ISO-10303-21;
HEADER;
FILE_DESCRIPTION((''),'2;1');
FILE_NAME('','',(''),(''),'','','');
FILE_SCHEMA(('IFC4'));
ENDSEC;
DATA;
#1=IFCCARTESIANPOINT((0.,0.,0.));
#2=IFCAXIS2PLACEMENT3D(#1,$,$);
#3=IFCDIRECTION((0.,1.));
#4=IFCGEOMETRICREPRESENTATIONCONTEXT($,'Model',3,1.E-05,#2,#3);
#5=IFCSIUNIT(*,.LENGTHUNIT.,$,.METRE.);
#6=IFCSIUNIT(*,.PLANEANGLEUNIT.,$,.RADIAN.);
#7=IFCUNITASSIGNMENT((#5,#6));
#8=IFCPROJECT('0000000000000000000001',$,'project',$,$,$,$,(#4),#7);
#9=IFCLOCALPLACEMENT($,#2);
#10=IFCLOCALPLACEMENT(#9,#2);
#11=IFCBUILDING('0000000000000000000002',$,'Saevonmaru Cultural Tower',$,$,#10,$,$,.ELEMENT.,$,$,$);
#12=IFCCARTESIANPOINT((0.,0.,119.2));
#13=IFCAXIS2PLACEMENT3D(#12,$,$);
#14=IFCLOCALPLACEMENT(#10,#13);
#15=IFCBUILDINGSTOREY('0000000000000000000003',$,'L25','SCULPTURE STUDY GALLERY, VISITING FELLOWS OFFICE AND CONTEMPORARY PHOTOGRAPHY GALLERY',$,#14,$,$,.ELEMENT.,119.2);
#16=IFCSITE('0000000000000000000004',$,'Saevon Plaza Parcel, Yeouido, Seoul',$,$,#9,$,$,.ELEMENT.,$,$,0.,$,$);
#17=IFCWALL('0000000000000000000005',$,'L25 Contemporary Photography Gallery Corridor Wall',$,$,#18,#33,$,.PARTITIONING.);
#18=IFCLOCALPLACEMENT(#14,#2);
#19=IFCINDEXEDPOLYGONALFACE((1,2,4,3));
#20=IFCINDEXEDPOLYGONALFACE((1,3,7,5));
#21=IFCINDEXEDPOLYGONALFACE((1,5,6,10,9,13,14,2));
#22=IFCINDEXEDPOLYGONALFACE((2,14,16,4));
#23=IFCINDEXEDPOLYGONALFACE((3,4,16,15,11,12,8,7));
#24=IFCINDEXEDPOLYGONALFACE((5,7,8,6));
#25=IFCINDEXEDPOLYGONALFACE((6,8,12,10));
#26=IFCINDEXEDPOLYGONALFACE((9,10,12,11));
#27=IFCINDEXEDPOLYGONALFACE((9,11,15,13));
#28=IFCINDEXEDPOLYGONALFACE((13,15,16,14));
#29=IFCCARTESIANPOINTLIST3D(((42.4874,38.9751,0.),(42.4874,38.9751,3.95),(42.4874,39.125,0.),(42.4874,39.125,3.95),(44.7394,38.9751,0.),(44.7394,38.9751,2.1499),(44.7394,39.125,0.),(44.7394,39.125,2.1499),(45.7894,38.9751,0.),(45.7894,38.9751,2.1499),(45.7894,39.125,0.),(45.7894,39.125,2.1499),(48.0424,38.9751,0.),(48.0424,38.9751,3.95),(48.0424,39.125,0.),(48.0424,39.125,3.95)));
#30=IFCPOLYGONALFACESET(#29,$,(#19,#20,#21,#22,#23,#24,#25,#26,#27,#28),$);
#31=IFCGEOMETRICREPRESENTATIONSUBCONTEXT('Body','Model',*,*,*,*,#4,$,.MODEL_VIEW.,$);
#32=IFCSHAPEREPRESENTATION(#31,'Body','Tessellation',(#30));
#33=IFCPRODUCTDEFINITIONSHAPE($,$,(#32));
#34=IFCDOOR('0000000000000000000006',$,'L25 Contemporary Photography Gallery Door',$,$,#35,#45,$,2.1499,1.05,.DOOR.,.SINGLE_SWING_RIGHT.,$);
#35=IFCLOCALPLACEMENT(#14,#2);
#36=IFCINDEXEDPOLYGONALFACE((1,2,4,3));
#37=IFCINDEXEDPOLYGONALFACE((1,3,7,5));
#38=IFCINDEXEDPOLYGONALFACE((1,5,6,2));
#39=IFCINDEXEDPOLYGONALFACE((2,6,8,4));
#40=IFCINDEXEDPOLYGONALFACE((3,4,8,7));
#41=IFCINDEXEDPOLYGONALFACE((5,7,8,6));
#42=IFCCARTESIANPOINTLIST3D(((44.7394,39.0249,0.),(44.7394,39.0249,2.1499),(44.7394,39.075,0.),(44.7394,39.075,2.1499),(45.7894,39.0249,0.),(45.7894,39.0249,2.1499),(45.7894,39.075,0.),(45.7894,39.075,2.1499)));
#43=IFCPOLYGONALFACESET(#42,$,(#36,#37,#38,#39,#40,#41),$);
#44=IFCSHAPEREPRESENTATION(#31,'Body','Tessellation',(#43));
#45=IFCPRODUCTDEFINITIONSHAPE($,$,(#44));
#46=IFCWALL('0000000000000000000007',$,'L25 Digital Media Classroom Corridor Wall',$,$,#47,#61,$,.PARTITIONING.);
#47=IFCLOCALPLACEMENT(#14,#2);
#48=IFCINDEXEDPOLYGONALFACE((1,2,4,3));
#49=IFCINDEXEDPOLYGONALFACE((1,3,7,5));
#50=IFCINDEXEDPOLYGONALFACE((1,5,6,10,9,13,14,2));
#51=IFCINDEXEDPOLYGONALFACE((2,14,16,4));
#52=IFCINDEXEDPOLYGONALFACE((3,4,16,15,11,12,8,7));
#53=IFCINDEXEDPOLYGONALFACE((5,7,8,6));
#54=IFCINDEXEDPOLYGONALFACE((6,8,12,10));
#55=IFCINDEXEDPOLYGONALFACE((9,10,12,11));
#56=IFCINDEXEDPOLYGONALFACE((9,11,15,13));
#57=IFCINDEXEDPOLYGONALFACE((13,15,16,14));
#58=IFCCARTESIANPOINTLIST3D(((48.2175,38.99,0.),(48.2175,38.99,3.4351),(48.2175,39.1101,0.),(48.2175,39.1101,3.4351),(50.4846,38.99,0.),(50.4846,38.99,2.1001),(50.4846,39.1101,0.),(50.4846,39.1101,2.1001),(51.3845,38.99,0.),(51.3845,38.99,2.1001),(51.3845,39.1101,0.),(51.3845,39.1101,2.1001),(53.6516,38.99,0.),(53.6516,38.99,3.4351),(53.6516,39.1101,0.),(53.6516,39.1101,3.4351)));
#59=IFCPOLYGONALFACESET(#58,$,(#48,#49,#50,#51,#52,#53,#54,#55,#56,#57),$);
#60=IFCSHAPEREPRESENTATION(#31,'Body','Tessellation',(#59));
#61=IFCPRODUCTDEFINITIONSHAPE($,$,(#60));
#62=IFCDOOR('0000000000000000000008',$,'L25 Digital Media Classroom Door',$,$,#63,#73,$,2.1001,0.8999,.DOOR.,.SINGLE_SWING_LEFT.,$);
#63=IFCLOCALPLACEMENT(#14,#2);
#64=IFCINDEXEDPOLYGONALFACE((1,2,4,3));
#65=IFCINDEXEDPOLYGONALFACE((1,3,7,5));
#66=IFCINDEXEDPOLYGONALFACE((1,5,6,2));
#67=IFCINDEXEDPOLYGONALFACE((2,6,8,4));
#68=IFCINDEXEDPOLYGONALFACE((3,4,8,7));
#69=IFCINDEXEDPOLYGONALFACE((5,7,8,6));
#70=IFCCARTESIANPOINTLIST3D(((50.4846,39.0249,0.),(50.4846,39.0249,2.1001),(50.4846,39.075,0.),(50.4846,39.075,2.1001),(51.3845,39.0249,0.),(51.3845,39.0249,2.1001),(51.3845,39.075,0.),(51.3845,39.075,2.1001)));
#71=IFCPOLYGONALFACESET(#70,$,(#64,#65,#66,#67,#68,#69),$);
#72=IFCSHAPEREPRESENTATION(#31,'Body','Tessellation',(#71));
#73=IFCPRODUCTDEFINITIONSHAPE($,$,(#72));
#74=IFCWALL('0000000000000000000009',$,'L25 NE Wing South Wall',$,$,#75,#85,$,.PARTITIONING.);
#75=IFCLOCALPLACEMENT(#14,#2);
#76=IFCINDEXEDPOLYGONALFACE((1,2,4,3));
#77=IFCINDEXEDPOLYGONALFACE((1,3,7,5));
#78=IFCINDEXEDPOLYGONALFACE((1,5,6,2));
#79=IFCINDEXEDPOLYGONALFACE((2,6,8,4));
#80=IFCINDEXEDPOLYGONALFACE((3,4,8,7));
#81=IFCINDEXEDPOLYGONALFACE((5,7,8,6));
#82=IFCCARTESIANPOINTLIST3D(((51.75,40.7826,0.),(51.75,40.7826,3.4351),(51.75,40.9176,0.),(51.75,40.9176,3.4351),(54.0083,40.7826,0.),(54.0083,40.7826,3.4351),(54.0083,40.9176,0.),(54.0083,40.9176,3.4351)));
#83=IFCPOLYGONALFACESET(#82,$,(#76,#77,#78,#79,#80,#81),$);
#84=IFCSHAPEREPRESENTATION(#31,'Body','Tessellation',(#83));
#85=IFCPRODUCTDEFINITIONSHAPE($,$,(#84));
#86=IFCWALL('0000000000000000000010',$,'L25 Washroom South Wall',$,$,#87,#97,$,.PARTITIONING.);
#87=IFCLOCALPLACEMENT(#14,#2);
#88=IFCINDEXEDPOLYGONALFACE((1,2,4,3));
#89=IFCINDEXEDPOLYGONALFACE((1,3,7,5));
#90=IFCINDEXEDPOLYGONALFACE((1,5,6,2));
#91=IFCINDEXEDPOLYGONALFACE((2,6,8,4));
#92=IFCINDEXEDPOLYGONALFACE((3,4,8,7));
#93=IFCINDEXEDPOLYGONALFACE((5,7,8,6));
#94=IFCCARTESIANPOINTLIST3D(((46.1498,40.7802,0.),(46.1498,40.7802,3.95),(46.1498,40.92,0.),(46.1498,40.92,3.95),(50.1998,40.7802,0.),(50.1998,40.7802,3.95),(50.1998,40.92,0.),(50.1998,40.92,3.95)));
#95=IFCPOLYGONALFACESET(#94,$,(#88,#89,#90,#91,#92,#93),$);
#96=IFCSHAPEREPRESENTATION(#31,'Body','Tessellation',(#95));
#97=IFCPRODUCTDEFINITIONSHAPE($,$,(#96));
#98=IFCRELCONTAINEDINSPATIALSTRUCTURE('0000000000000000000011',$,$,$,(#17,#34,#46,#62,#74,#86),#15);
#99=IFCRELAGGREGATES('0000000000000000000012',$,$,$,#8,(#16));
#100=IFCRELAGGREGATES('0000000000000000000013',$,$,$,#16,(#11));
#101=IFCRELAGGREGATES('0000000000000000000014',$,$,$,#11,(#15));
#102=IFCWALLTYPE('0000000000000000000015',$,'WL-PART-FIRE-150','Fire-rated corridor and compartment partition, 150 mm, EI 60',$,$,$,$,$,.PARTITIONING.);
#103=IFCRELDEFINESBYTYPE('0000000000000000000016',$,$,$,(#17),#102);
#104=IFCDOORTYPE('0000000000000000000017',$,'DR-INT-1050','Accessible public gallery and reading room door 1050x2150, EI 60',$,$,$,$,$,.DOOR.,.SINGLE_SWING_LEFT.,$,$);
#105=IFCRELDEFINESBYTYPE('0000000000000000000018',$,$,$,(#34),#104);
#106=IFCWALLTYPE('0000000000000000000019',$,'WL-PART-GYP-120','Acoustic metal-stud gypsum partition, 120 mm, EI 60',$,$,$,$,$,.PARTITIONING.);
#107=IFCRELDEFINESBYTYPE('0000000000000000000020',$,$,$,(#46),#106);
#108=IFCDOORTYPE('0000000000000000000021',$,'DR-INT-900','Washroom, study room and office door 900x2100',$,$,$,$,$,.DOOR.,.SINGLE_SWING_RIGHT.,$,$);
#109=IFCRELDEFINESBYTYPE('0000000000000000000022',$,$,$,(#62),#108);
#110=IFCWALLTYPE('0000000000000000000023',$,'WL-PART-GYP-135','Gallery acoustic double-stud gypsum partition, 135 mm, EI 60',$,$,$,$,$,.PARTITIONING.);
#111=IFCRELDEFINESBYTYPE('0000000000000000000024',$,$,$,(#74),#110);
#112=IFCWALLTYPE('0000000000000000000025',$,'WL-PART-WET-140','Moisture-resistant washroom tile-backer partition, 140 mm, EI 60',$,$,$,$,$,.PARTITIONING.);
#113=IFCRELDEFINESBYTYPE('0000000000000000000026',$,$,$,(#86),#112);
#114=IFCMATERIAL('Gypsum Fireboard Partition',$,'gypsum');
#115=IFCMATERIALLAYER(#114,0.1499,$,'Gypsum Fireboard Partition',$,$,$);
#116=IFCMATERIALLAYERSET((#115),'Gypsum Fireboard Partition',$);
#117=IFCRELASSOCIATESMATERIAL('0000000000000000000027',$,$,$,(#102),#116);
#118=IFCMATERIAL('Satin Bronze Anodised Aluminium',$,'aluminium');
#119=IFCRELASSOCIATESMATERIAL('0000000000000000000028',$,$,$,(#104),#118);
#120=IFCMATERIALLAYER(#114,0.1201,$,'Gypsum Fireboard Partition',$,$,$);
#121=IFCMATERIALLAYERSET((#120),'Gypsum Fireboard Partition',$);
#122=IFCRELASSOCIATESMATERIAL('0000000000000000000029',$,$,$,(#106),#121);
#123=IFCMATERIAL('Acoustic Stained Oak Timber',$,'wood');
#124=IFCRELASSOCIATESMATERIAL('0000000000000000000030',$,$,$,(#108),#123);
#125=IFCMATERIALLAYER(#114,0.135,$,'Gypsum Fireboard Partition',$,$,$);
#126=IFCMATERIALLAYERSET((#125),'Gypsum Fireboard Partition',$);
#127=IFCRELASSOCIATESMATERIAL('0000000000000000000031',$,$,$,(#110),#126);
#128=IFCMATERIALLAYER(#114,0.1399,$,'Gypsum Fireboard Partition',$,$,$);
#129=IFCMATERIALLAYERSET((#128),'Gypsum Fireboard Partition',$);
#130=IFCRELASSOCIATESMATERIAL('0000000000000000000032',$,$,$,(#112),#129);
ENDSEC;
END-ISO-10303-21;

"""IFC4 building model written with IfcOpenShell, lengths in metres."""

from ifc_helpers import new_model, si_unit, direction, frame, frame_2d, origin, place, context, subcontext, project, spatial, rectangle, extrude, material, layer, layer_set, type_object, element, fill, save


model = new_model("IFC4")

# Units and contexts
model_context = context("Model", 3, precision=1e-05, world=origin(), true_north=direction((0.0, 1.0)))
body_context = subcontext(model_context, "Body", "Model", "MODEL_VIEW")
ifc_project = project(units=[si_unit("LENGTHUNIT", "METRE"), si_unit("PLANEANGLEUNIT", "RADIAN")], contexts=[model_context])

# Site, building, storey
site_placement = place(None, origin())
site = spatial("IfcSite", under=ifc_project, at=site_placement, Name="Saevon Plaza Parcel, Yeouido, Seoul", CompositionType="ELEMENT", RefElevation=0.0)
building_placement = place(site_placement, origin())
building = spatial("IfcBuilding", under=site, at=building_placement, Name="Saevonmaru Cultural Tower", CompositionType="ELEMENT")
storey_placement = place(building_placement, frame((0.0, 0.0, 119.2)))
storey = spatial("IfcBuildingStorey", under=building, at=storey_placement, Name="L25", Description="SCULPTURE STUDY GALLERY, VISITING FELLOWS OFFICE AND CONTEMPORARY PHOTOGRAPHY GALLERY", CompositionType="ELEMENT", Elevation=119.2)

# Shared definitions
ifc_material_1 = material(Name="Satin Bronze Anodised Aluminium", Category="aluminium")

# Walls, openings, doors
ifc_material_2 = material(Name="Gypsum Fireboard Partition", Category="gypsum")
ifc_layer_1 = layer(ifc_material_2, 0.1499, Name="Gypsum Fireboard Partition")
ifc_layer_set_1 = layer_set([ifc_layer_1], Name="Gypsum Fireboard Partition")
wall_type_1 = type_object("IfcWallType", Name="WL-PART-FIRE-150", Description="Fire-rated corridor and compartment partition, 150 mm, EI 60", PredefinedType="PARTITIONING", material=ifc_layer_set_1)
wall_1_placement = place(storey_placement, frame((42.4875, 39.05, 0.0), z_axis=(0.0, 0.0, 1.0), x_axis=(1.0, 0.0, 0.0)))
wall_1 = element("IfcWall", 1, at=wall_1_placement, inside=storey, type_object=wall_type_1, Name="L25 Contemporary Photography Gallery Corridor Wall", PredefinedType="PARTITIONING", context=body_context, shape_type="SweptSolid", body=[
    extrude(rectangle(XDim=5.5549, YDim=0.1499, at=frame_2d((2.7773, 0.0))), origin(), (0.0, 0.0, 1.0), 3.95),
])
opening_1_placement = place(wall_1_placement, frame((2.252, 0.0, 0.0)))
opening_1 = element("IfcOpeningElement", 2, at=opening_1_placement, cuts=wall_1, PredefinedType="OPENING", context=body_context, shape_type="SweptSolid", body=[
    extrude(rectangle(XDim=1.05, YDim=2.1499, at=frame_2d((0.5249, 1.075))), frame((0.0, 0.085, 0.0), z_axis=(0.0, -1.0, 0.0), x_axis=(1.0, 0.0, 0.0)), (0.0, 0.0, 1.0), 0.1699),
])
door_type_1 = type_object("IfcDoorType", Name="DR-INT-1050", Description="Accessible public gallery and reading room door 1050x2150, EI 60", OperationType="SINGLE_SWING_LEFT", PredefinedType="DOOR", material=ifc_material_1)
door_1_placement = place(opening_1_placement, origin())
door_1 = element("IfcDoor", 3, at=door_1_placement, inside=storey, type_object=door_type_1, Name="L25 Contemporary Photography Gallery Door", OperationType="SINGLE_SWING_RIGHT", OverallHeight=2.1499, OverallWidth=1.05, PredefinedType="DOOR", context=body_context, shape_type="SweptSolid", body=[
    extrude(rectangle(XDim=1.05, YDim=2.1499, at=frame_2d((0.5249, 1.075))), frame((0.0, 0.0249, 0.0), z_axis=(0.0, -1.0, 0.0), x_axis=(1.0, 0.0, 0.0)), (0.0, 0.0, 1.0), 0.05),
])
fill(opening_1, door_1)
ifc_layer_2 = layer(ifc_material_2, 0.1201, Name="Gypsum Fireboard Partition")
ifc_layer_set_2 = layer_set([ifc_layer_2], Name="Gypsum Fireboard Partition")
wall_type_2 = type_object("IfcWallType", Name="WL-PART-GYP-120", Description="Acoustic metal-stud gypsum partition, 120 mm, EI 60", PredefinedType="PARTITIONING", material=ifc_layer_set_2)
wall_2_placement = place(storey_placement, frame((48.2175, 39.05, 0.0), z_axis=(0.0, 0.0, 1.0), x_axis=(1.0, 0.0, 0.0)))
wall_2 = element("IfcWall", 4, at=wall_2_placement, inside=storey, type_object=wall_type_2, Name="L25 Digital Media Classroom Corridor Wall", PredefinedType="PARTITIONING", context=body_context, shape_type="SweptSolid", body=[
    extrude(rectangle(XDim=5.4341, YDim=0.1201, at=frame_2d((2.717, 0.0))), origin(), (0.0, 0.0, 1.0), 3.4351),
])
opening_2_placement = place(wall_2_placement, frame((2.2671, 0.0, 0.0)))
opening_2 = element("IfcOpeningElement", 5, at=opening_2_placement, cuts=wall_2, PredefinedType="OPENING", context=body_context, shape_type="SweptSolid", body=[
    extrude(rectangle(XDim=0.8999, YDim=2.1001, at=frame_2d((0.45, 1.05))), frame((0.0, 0.0701, 0.0), z_axis=(0.0, -1.0, 0.0), x_axis=(1.0, 0.0, 0.0)), (0.0, 0.0, 1.0), 0.1401),
])
ifc_material_3 = material(Name="Acoustic Stained Oak Timber", Category="wood")
door_type_2 = type_object("IfcDoorType", Name="DR-INT-900", Description="Washroom, study room and office door 900x2100", OperationType="SINGLE_SWING_RIGHT", PredefinedType="DOOR", material=ifc_material_3)
door_2_placement = place(opening_2_placement, origin())
door_2 = element("IfcDoor", 6, at=door_2_placement, inside=storey, type_object=door_type_2, Name="L25 Digital Media Classroom Door", OperationType="SINGLE_SWING_LEFT", OverallHeight=2.1001, OverallWidth=0.8999, PredefinedType="DOOR", context=body_context, shape_type="SweptSolid", body=[
    extrude(rectangle(XDim=0.8999, YDim=2.1001, at=frame_2d((0.45, 1.05))), frame((0.0, 0.0249, 0.0), z_axis=(0.0, -1.0, 0.0), x_axis=(1.0, 0.0, 0.0)), (0.0, 0.0, 1.0), 0.05),
])
fill(opening_2, door_2)

# Walls
ifc_layer_3 = layer(ifc_material_2, 0.135, Name="Gypsum Fireboard Partition")
ifc_layer_set_3 = layer_set([ifc_layer_3], Name="Gypsum Fireboard Partition")
wall_type_3 = type_object("IfcWallType", Name="WL-PART-GYP-135", Description="Gallery acoustic double-stud gypsum partition, 135 mm, EI 60", PredefinedType="PARTITIONING", material=ifc_layer_set_3)
wall_3_placement = place(storey_placement, frame((51.75, 40.8501, 0.0), z_axis=(0.0, 0.0, 1.0), x_axis=(1.0, 0.0, 0.0)))
element("IfcWall", 7, at=wall_3_placement, inside=storey, type_object=wall_type_3, Name="L25 NE Wing South Wall", PredefinedType="PARTITIONING", context=body_context, shape_type="SweptSolid", body=[
    extrude(rectangle(XDim=2.2583, YDim=0.135, at=frame_2d((1.1292, 0.0))), origin(), (0.0, 0.0, 1.0), 3.4351),
])
ifc_layer_4 = layer(ifc_material_2, 0.1399, Name="Gypsum Fireboard Partition")
ifc_layer_set_4 = layer_set([ifc_layer_4], Name="Gypsum Fireboard Partition")
wall_type_4 = type_object("IfcWallType", Name="WL-PART-WET-140", Description="Moisture-resistant washroom tile-backer partition, 140 mm, EI 60", PredefinedType="PARTITIONING", material=ifc_layer_set_4)
wall_4_placement = place(storey_placement, frame((46.1499, 40.8501, 0.0), z_axis=(0.0, 0.0, 1.0), x_axis=(1.0, 0.0, 0.0)))
element("IfcWall", 8, at=wall_4_placement, inside=storey, type_object=wall_type_4, Name="L25 Washroom South Wall", PredefinedType="PARTITIONING", context=body_context, shape_type="SweptSolid", body=[
    extrude(rectangle(XDim=4.05, YDim=0.1399, at=frame_2d((2.0249, 0.0))), origin(), (0.0, 0.0, 1.0), 3.95),
])

save(model, "model.ifc")
